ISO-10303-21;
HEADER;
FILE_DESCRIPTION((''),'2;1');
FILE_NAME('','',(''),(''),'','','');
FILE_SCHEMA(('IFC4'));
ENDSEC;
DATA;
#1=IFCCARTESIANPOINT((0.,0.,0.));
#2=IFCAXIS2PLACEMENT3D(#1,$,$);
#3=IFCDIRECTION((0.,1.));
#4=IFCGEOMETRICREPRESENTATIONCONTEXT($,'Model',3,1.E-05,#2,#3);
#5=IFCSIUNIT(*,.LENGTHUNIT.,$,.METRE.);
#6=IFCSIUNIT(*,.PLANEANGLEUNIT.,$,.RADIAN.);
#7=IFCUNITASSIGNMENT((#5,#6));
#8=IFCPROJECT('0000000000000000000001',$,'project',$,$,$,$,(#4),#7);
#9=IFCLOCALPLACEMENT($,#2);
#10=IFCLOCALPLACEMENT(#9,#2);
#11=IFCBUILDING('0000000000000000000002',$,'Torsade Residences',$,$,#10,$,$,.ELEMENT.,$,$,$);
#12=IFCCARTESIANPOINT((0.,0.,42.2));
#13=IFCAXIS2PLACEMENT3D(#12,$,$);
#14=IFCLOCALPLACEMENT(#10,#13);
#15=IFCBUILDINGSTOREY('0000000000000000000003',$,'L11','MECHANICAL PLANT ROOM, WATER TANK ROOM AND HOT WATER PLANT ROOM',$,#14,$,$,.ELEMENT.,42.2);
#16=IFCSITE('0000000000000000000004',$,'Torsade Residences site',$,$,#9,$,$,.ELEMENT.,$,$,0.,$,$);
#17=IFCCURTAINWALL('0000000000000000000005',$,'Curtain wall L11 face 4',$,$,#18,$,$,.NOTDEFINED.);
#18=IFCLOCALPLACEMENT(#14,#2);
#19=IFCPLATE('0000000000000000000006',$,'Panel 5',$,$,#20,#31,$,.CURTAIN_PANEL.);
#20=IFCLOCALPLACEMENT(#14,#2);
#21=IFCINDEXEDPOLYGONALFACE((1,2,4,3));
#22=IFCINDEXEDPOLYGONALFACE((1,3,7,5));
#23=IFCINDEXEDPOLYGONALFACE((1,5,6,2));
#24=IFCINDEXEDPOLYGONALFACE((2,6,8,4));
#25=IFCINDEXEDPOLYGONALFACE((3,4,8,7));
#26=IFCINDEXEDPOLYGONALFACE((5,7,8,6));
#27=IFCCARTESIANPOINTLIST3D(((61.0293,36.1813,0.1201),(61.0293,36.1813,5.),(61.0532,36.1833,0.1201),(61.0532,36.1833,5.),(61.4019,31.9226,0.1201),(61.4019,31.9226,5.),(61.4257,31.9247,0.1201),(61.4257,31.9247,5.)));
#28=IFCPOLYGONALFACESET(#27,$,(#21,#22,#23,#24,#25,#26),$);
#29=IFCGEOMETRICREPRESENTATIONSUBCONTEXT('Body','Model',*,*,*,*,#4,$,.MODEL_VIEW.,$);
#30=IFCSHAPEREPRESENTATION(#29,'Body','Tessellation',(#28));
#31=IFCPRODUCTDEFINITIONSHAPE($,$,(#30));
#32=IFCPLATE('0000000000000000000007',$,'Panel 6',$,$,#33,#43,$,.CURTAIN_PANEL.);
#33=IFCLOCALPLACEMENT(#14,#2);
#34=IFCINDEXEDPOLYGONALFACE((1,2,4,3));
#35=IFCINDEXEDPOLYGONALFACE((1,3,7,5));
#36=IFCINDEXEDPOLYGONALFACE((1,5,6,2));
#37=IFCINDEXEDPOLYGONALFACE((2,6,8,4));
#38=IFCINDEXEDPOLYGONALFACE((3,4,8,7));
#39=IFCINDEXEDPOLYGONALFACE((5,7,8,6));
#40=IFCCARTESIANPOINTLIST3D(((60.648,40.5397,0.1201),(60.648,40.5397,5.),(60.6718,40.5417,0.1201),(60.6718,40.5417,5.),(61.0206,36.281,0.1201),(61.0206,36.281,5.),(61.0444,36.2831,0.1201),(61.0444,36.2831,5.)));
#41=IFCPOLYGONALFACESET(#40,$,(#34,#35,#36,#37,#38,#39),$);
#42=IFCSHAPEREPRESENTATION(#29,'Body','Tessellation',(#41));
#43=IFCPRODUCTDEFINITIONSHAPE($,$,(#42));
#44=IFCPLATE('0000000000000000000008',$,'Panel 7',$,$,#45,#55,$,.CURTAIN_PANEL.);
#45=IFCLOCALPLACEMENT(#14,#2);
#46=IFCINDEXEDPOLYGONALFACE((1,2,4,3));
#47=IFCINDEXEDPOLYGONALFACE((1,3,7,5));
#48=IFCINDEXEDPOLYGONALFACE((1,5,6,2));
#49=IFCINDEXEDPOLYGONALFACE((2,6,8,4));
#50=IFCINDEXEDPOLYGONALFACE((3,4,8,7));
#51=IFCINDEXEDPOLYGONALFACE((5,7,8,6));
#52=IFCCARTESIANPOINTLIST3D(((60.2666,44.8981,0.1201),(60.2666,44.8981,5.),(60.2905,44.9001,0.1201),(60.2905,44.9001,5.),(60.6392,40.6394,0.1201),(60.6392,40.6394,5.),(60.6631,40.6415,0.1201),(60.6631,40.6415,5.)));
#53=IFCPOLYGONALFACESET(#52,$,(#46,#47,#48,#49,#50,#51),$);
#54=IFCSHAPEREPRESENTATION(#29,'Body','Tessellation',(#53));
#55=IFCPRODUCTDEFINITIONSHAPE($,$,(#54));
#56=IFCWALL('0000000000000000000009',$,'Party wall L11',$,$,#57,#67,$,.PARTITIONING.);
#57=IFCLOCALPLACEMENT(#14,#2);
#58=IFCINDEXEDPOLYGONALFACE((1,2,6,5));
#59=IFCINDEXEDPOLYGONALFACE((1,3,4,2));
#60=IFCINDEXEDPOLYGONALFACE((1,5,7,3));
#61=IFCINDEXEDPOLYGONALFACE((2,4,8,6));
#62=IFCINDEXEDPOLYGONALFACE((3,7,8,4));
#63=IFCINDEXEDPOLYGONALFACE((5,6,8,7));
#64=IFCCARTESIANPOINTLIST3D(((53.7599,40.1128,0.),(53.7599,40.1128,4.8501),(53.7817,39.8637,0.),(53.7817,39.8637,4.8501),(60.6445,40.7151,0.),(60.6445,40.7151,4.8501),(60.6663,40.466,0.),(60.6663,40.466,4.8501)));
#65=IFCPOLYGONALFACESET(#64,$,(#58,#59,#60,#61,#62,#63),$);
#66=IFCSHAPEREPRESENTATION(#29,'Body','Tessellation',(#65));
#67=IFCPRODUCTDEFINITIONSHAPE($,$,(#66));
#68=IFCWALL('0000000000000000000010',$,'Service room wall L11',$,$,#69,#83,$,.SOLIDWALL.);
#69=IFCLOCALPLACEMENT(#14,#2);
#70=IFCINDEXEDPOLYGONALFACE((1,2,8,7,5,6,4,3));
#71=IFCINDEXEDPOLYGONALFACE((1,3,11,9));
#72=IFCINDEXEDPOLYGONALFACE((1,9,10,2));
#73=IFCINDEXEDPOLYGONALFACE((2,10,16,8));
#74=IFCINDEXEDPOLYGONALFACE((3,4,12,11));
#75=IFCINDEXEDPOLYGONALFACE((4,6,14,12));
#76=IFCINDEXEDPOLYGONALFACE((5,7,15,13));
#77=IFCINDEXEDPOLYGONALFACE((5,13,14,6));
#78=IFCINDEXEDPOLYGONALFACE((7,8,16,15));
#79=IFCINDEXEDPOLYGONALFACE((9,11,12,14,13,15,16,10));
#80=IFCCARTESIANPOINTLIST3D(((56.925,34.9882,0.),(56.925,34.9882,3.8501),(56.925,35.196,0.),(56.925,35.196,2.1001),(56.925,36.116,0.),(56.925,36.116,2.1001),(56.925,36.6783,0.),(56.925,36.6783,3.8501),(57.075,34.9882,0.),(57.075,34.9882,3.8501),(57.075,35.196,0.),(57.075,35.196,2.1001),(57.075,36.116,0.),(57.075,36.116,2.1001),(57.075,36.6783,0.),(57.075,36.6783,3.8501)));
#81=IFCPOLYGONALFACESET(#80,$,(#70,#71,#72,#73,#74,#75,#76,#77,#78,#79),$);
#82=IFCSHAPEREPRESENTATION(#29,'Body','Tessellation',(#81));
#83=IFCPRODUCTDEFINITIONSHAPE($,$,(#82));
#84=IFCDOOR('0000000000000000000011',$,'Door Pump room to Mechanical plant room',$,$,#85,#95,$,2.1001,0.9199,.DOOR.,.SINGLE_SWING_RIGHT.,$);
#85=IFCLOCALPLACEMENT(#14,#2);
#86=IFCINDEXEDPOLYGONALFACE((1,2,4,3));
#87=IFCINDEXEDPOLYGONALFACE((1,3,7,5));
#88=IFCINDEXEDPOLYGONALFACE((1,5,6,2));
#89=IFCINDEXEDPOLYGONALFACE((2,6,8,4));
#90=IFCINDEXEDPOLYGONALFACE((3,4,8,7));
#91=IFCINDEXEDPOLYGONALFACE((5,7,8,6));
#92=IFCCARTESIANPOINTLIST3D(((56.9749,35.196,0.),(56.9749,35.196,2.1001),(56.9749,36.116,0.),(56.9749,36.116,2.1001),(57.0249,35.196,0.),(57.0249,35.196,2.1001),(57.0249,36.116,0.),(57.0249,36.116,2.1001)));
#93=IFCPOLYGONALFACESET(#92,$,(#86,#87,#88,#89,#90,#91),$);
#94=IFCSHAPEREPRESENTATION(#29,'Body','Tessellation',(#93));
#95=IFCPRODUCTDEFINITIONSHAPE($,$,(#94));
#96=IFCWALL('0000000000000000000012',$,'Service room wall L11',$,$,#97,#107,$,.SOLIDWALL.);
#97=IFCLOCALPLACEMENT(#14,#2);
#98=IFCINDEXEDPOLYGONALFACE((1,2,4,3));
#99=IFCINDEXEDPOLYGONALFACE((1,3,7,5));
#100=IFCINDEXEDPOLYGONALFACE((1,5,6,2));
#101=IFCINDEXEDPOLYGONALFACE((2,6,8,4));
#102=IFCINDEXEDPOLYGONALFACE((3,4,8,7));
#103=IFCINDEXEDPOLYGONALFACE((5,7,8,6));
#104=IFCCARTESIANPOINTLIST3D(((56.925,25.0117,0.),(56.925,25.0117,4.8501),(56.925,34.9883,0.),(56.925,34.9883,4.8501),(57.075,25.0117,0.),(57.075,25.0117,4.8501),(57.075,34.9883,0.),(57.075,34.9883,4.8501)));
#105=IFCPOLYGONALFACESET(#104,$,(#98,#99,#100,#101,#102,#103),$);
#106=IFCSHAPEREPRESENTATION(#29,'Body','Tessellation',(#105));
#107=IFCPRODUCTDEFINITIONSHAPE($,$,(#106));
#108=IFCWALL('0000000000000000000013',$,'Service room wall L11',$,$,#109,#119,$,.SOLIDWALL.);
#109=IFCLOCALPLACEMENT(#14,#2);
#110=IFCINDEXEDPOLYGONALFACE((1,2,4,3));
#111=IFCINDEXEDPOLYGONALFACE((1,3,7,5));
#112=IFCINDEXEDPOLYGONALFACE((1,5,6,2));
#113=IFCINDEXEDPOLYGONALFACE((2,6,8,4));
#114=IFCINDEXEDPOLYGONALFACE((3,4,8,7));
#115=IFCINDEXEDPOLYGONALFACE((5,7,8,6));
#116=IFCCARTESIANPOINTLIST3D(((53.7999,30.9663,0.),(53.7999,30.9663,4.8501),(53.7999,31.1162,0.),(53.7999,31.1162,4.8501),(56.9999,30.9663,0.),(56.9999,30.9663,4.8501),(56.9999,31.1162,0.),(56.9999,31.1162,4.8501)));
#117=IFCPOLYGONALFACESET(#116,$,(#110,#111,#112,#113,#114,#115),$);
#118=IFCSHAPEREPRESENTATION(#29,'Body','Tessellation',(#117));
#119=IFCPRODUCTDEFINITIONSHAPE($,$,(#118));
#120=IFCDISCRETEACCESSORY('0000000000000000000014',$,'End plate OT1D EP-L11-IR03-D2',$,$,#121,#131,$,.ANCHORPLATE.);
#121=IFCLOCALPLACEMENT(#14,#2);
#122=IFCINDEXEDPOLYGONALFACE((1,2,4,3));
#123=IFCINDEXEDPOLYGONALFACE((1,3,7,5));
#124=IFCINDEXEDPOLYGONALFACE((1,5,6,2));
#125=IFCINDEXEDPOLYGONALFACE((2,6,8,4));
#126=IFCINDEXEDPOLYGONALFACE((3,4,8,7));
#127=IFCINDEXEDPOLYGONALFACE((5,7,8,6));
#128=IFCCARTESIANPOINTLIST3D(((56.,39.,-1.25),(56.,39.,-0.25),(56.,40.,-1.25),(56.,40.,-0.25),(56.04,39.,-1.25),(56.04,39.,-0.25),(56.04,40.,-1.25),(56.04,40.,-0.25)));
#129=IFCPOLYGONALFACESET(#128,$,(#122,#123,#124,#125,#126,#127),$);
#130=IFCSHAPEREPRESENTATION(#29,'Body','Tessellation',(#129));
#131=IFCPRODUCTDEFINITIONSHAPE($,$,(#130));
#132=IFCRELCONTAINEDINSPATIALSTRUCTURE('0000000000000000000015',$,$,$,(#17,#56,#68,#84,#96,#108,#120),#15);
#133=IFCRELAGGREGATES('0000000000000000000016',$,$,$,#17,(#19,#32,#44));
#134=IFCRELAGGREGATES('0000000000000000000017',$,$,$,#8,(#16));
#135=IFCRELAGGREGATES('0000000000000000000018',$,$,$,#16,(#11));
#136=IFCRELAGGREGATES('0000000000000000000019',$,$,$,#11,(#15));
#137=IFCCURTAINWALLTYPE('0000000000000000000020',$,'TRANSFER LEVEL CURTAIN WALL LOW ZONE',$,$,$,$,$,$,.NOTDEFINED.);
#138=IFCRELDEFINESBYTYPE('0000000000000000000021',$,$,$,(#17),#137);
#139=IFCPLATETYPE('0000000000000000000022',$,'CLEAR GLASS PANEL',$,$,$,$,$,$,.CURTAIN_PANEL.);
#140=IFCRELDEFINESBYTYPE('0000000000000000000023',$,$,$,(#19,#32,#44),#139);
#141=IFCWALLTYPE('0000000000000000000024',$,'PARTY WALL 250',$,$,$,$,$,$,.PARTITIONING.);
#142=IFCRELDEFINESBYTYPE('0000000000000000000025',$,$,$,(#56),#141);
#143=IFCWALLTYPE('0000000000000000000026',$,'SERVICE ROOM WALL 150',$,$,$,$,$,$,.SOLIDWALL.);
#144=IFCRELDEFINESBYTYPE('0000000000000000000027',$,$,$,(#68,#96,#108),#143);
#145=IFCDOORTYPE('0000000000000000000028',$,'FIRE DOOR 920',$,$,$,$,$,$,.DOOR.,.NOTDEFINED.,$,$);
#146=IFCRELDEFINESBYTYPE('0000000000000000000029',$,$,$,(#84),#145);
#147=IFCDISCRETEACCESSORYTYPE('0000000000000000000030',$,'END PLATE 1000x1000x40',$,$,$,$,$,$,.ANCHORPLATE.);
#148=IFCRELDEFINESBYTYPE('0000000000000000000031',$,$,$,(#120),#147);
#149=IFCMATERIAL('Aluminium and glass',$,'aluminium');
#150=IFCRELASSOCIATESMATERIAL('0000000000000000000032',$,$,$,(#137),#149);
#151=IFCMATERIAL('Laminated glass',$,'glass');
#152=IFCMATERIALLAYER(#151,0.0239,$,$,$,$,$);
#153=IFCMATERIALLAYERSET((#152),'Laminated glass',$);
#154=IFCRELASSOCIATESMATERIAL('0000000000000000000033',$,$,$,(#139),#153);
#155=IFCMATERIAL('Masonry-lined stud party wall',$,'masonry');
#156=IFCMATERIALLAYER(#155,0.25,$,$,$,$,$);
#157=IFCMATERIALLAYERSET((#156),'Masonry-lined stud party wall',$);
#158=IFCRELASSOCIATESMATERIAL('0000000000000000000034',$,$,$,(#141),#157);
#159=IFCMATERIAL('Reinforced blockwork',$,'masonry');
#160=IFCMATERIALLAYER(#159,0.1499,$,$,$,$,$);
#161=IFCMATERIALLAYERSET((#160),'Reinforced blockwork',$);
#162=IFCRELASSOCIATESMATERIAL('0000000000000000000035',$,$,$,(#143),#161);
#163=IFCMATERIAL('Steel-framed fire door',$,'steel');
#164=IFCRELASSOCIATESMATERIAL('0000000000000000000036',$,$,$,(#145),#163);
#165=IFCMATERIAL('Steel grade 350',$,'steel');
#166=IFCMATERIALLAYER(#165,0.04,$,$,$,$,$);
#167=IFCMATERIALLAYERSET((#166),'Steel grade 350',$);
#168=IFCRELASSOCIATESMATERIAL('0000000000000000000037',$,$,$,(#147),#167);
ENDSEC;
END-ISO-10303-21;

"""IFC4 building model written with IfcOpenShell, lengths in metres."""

from ifc_helpers import new_model, si_unit, direction, frame, frame_2d, origin, origin_2d, place, context, subcontext, project, spatial, rectangle, extrude, material, layer, layer_set, type_object, element, fill, aggregate, save


model = new_model("IFC4")

# Units and contexts
model_context = context("Model", 3, precision=1e-05, world=origin(), true_north=direction((0.0, 1.0)))
body_context = subcontext(model_context, "Body", "Model", "MODEL_VIEW")
ifc_project = project(units=[si_unit("LENGTHUNIT", "METRE"), si_unit("PLANEANGLEUNIT", "RADIAN")], contexts=[model_context])

# Site, building, storey
site_placement = place(None, origin())
site = spatial("IfcSite", under=ifc_project, at=site_placement, Name="Torsade Residences site", CompositionType="ELEMENT", RefElevation=0.0)
building_placement = place(site_placement, origin())
building = spatial("IfcBuilding", under=site, at=building_placement, Name="Torsade Residences", CompositionType="ELEMENT")
storey_placement = place(building_placement, frame((0.0, 0.0, 42.2)))
storey = spatial("IfcBuildingStorey", under=building, at=storey_placement, Name="L11", Description="MECHANICAL PLANT ROOM, WATER TANK ROOM AND HOT WATER PLANT ROOM", CompositionType="ELEMENT", Elevation=42.2)

# Curtain wall
ifc_material_1 = material(Name="Aluminium and glass", Category="aluminium")
curtain_wall_type = type_object("IfcCurtainWallType", Name="TRANSFER LEVEL CURTAIN WALL LOW ZONE", PredefinedType="NOTDEFINED", material=ifc_material_1)
curtain_wall_placement = place(storey_placement, origin())
curtain_wall = element("IfcCurtainWall", 1, at=curtain_wall_placement, inside=storey, type_object=curtain_wall_type, Name="Curtain wall L11 face 4", PredefinedType="NOTDEFINED")

# Plates
ifc_material_2 = material(Name="Laminated glass", Category="glass")
ifc_layer_1 = layer(ifc_material_2, 0.0239)
ifc_layer_set_1 = layer_set([ifc_layer_1], Name="Laminated glass")
plate_type = type_object("IfcPlateType", Name="CLEAR GLASS PANEL", PredefinedType="CURTAIN_PANEL", material=ifc_layer_set_1)
plate_1_placement = place(storey_placement, frame((61.2275, 34.053, 0.1201), z_axis=(0.0, 0.0, 1.0), x_axis=(-0.087156, 0.996195, 0.0)))
plate_1 = element("IfcPlate", 2, at=plate_1_placement, type_object=plate_type, Name="Panel 5", PredefinedType="CURTAIN_PANEL", context=body_context, shape_type="SweptSolid", body=[
    extrude(rectangle(XDim=4.2749, YDim=0.0239, at=origin_2d()), origin(), (0.0, 0.0, 1.0), 4.8799),
])
plate_2_placement = place(storey_placement, frame((60.8462, 38.4114, 0.1201), z_axis=(0.0, 0.0, 1.0), x_axis=(-0.087156, 0.996195, 0.0)))
plate_2 = element("IfcPlate", 3, at=plate_2_placement, type_object=plate_type, Name="Panel 6", PredefinedType="CURTAIN_PANEL", context=body_context, shape_type="SweptSolid", body=[
    extrude(rectangle(XDim=4.2749, YDim=0.0239, at=origin_2d()), origin(), (0.0, 0.0, 1.0), 4.8799),
])
plate_3_placement = place(storey_placement, frame((60.4648, 42.7698, 0.1201), z_axis=(0.0, 0.0, 1.0), x_axis=(-0.087156, 0.996195, 0.0)))
plate_3 = element("IfcPlate", 4, at=plate_3_placement, type_object=plate_type, Name="Panel 7", PredefinedType="CURTAIN_PANEL", context=body_context, shape_type="SweptSolid", body=[
    extrude(rectangle(XDim=4.2749, YDim=0.0239, at=origin_2d()), origin(), (0.0, 0.0, 1.0), 4.8799),
])
aggregate(curtain_wall, [plate_1, plate_2, plate_3])

# Wall
ifc_material_3 = material(Name="Masonry-lined stud party wall", Category="masonry")
ifc_layer_2 = layer(ifc_material_3, 0.25)
ifc_layer_set_2 = layer_set([ifc_layer_2], Name="Masonry-lined stud party wall")
wall_type_1 = type_object("IfcWallType", Name="PARTY WALL 250", PredefinedType="PARTITIONING", material=ifc_layer_set_2)
wall_1_placement = place(storey_placement, frame((60.6555, 40.5906, 0.0), z_axis=(0.0, 0.0, 1.0), x_axis=(-0.996195, -0.087152, 0.0)))
element("IfcWall", 5, at=wall_1_placement, inside=storey, type_object=wall_type_1, Name="Party wall L11", PredefinedType="PARTITIONING", context=body_context, shape_type="SweptSolid", body=[
    extrude(rectangle(XDim=6.9109, YDim=0.25, at=frame_2d((3.4556, 0.0))), origin(), (0.0, 0.0, 1.0), 4.8501),
])

# Wall, opening, door
ifc_material_4 = material(Name="Reinforced blockwork", Category="masonry")
ifc_layer_3 = layer(ifc_material_4, 0.1499)
ifc_layer_set_3 = layer_set([ifc_layer_3], Name="Reinforced blockwork")
wall_type_2 = type_object("IfcWallType", Name="SERVICE ROOM WALL 150", PredefinedType="SOLIDWALL", material=ifc_layer_set_3)
wall_2_placement = place(storey_placement, frame((57.0, 36.6785, 0.0), z_axis=(0.0, 0.0, 1.0), x_axis=(0.0, -1.0, 0.0)))
wall_2 = element("IfcWall", 6, at=wall_2_placement, inside=storey, type_object=wall_type_2, Name="Service room wall L11", PredefinedType="SOLIDWALL", context=body_context, shape_type="SweptSolid", body=[
    extrude(rectangle(XDim=1.6902, YDim=0.1499, at=frame_2d((0.8452, 0.0))), origin(), (0.0, 0.0, 1.0), 3.8501),
])
opening_placement = place(wall_2_placement, frame((0.5625, 0.0, 0.0)))
opening = element("IfcOpeningElement", 7, at=opening_placement, cuts=wall_2, PredefinedType="OPENING", context=body_context, shape_type="SweptSolid", body=[
    extrude(rectangle(XDim=0.9199, YDim=2.1001, at=frame_2d((0.46, 1.05))), frame((0.0, 0.085, 0.0), z_axis=(0.0, -1.0, 0.0), x_axis=(1.0, 0.0, 0.0)), (0.0, 0.0, 1.0), 0.1699),
])
ifc_material_5 = material(Name="Steel-framed fire door", Category="steel")
door_type = type_object("IfcDoorType", Name="FIRE DOOR 920", OperationType="NOTDEFINED", PredefinedType="DOOR", material=ifc_material_5)
door_placement = place(opening_placement, origin())
door = element("IfcDoor", 8, at=door_placement, inside=storey, type_object=door_type, Name="Door Pump room to Mechanical plant room", OperationType="SINGLE_SWING_RIGHT", OverallHeight=2.1001, OverallWidth=0.9199, PredefinedType="DOOR", context=body_context, shape_type="SweptSolid", body=[
    extrude(rectangle(XDim=0.9199, YDim=2.1001, at=frame_2d((0.46, 1.05))), frame((0.0, 0.0249, 0.0), z_axis=(0.0, -1.0, 0.0), x_axis=(1.0, 0.0, 0.0)), (0.0, 0.0, 1.0), 0.05),
])
fill(opening, door)

# Walls
wall_3_placement = place(storey_placement, frame((57.0, 34.9883, 0.0), z_axis=(0.0, 0.0, 1.0), x_axis=(0.0, -1.0, 0.0)))
element("IfcWall", 9, at=wall_3_placement, inside=storey, type_object=wall_type_2, Name="Service room wall L11", PredefinedType="SOLIDWALL", context=body_context, shape_type="SweptSolid", body=[
    extrude(rectangle(XDim=9.9766, YDim=0.1499, at=frame_2d((4.9883, 0.0))), origin(), (0.0, 0.0, 1.0), 4.8501),
])
wall_4_placement = place(storey_placement, frame((57.0, 31.0413, 0.0), z_axis=(0.0, 0.0, 1.0), x_axis=(-1.0, 0.0, 0.0)))
element("IfcWall", 10, at=wall_4_placement, inside=storey, type_object=wall_type_2, Name="Service room wall L11", PredefinedType="SOLIDWALL", context=body_context, shape_type="SweptSolid", body=[
    extrude(rectangle(XDim=3.2, YDim=0.1499, at=frame_2d((1.6001, 0.0))), origin(), (0.0, 0.0, 1.0), 4.8501),
])

# Discrete accessory
ifc_material_6 = material(Name="Steel grade 350", Category="steel")
ifc_layer_4 = layer(ifc_material_6, 0.04)
ifc_layer_set_4 = layer_set([ifc_layer_4], Name="Steel grade 350")
discrete_accessory_type = type_object("IfcDiscreteAccessoryType", Name="END PLATE 1000x1000x40", PredefinedType="ANCHORPLATE", material=ifc_layer_set_4)
discrete_accessory_placement = place(storey_placement, frame((56.02, 39.5, -1.25), z_axis=(0.0, 0.0, 1.0), x_axis=(1.0, 0.0, 0.0)))
element("IfcDiscreteAccessory", 11, at=discrete_accessory_placement, inside=storey, type_object=discrete_accessory_type, Name="End plate OT1D EP-L11-IR03-D2", PredefinedType="ANCHORPLATE", context=body_context, shape_type="SweptSolid", body=[
    extrude(rectangle(XDim=0.04, YDim=1.0, at=origin_2d()), origin(), (0.0, 0.0, 1.0), 1.0),
])

save(model, "model.ifc")
